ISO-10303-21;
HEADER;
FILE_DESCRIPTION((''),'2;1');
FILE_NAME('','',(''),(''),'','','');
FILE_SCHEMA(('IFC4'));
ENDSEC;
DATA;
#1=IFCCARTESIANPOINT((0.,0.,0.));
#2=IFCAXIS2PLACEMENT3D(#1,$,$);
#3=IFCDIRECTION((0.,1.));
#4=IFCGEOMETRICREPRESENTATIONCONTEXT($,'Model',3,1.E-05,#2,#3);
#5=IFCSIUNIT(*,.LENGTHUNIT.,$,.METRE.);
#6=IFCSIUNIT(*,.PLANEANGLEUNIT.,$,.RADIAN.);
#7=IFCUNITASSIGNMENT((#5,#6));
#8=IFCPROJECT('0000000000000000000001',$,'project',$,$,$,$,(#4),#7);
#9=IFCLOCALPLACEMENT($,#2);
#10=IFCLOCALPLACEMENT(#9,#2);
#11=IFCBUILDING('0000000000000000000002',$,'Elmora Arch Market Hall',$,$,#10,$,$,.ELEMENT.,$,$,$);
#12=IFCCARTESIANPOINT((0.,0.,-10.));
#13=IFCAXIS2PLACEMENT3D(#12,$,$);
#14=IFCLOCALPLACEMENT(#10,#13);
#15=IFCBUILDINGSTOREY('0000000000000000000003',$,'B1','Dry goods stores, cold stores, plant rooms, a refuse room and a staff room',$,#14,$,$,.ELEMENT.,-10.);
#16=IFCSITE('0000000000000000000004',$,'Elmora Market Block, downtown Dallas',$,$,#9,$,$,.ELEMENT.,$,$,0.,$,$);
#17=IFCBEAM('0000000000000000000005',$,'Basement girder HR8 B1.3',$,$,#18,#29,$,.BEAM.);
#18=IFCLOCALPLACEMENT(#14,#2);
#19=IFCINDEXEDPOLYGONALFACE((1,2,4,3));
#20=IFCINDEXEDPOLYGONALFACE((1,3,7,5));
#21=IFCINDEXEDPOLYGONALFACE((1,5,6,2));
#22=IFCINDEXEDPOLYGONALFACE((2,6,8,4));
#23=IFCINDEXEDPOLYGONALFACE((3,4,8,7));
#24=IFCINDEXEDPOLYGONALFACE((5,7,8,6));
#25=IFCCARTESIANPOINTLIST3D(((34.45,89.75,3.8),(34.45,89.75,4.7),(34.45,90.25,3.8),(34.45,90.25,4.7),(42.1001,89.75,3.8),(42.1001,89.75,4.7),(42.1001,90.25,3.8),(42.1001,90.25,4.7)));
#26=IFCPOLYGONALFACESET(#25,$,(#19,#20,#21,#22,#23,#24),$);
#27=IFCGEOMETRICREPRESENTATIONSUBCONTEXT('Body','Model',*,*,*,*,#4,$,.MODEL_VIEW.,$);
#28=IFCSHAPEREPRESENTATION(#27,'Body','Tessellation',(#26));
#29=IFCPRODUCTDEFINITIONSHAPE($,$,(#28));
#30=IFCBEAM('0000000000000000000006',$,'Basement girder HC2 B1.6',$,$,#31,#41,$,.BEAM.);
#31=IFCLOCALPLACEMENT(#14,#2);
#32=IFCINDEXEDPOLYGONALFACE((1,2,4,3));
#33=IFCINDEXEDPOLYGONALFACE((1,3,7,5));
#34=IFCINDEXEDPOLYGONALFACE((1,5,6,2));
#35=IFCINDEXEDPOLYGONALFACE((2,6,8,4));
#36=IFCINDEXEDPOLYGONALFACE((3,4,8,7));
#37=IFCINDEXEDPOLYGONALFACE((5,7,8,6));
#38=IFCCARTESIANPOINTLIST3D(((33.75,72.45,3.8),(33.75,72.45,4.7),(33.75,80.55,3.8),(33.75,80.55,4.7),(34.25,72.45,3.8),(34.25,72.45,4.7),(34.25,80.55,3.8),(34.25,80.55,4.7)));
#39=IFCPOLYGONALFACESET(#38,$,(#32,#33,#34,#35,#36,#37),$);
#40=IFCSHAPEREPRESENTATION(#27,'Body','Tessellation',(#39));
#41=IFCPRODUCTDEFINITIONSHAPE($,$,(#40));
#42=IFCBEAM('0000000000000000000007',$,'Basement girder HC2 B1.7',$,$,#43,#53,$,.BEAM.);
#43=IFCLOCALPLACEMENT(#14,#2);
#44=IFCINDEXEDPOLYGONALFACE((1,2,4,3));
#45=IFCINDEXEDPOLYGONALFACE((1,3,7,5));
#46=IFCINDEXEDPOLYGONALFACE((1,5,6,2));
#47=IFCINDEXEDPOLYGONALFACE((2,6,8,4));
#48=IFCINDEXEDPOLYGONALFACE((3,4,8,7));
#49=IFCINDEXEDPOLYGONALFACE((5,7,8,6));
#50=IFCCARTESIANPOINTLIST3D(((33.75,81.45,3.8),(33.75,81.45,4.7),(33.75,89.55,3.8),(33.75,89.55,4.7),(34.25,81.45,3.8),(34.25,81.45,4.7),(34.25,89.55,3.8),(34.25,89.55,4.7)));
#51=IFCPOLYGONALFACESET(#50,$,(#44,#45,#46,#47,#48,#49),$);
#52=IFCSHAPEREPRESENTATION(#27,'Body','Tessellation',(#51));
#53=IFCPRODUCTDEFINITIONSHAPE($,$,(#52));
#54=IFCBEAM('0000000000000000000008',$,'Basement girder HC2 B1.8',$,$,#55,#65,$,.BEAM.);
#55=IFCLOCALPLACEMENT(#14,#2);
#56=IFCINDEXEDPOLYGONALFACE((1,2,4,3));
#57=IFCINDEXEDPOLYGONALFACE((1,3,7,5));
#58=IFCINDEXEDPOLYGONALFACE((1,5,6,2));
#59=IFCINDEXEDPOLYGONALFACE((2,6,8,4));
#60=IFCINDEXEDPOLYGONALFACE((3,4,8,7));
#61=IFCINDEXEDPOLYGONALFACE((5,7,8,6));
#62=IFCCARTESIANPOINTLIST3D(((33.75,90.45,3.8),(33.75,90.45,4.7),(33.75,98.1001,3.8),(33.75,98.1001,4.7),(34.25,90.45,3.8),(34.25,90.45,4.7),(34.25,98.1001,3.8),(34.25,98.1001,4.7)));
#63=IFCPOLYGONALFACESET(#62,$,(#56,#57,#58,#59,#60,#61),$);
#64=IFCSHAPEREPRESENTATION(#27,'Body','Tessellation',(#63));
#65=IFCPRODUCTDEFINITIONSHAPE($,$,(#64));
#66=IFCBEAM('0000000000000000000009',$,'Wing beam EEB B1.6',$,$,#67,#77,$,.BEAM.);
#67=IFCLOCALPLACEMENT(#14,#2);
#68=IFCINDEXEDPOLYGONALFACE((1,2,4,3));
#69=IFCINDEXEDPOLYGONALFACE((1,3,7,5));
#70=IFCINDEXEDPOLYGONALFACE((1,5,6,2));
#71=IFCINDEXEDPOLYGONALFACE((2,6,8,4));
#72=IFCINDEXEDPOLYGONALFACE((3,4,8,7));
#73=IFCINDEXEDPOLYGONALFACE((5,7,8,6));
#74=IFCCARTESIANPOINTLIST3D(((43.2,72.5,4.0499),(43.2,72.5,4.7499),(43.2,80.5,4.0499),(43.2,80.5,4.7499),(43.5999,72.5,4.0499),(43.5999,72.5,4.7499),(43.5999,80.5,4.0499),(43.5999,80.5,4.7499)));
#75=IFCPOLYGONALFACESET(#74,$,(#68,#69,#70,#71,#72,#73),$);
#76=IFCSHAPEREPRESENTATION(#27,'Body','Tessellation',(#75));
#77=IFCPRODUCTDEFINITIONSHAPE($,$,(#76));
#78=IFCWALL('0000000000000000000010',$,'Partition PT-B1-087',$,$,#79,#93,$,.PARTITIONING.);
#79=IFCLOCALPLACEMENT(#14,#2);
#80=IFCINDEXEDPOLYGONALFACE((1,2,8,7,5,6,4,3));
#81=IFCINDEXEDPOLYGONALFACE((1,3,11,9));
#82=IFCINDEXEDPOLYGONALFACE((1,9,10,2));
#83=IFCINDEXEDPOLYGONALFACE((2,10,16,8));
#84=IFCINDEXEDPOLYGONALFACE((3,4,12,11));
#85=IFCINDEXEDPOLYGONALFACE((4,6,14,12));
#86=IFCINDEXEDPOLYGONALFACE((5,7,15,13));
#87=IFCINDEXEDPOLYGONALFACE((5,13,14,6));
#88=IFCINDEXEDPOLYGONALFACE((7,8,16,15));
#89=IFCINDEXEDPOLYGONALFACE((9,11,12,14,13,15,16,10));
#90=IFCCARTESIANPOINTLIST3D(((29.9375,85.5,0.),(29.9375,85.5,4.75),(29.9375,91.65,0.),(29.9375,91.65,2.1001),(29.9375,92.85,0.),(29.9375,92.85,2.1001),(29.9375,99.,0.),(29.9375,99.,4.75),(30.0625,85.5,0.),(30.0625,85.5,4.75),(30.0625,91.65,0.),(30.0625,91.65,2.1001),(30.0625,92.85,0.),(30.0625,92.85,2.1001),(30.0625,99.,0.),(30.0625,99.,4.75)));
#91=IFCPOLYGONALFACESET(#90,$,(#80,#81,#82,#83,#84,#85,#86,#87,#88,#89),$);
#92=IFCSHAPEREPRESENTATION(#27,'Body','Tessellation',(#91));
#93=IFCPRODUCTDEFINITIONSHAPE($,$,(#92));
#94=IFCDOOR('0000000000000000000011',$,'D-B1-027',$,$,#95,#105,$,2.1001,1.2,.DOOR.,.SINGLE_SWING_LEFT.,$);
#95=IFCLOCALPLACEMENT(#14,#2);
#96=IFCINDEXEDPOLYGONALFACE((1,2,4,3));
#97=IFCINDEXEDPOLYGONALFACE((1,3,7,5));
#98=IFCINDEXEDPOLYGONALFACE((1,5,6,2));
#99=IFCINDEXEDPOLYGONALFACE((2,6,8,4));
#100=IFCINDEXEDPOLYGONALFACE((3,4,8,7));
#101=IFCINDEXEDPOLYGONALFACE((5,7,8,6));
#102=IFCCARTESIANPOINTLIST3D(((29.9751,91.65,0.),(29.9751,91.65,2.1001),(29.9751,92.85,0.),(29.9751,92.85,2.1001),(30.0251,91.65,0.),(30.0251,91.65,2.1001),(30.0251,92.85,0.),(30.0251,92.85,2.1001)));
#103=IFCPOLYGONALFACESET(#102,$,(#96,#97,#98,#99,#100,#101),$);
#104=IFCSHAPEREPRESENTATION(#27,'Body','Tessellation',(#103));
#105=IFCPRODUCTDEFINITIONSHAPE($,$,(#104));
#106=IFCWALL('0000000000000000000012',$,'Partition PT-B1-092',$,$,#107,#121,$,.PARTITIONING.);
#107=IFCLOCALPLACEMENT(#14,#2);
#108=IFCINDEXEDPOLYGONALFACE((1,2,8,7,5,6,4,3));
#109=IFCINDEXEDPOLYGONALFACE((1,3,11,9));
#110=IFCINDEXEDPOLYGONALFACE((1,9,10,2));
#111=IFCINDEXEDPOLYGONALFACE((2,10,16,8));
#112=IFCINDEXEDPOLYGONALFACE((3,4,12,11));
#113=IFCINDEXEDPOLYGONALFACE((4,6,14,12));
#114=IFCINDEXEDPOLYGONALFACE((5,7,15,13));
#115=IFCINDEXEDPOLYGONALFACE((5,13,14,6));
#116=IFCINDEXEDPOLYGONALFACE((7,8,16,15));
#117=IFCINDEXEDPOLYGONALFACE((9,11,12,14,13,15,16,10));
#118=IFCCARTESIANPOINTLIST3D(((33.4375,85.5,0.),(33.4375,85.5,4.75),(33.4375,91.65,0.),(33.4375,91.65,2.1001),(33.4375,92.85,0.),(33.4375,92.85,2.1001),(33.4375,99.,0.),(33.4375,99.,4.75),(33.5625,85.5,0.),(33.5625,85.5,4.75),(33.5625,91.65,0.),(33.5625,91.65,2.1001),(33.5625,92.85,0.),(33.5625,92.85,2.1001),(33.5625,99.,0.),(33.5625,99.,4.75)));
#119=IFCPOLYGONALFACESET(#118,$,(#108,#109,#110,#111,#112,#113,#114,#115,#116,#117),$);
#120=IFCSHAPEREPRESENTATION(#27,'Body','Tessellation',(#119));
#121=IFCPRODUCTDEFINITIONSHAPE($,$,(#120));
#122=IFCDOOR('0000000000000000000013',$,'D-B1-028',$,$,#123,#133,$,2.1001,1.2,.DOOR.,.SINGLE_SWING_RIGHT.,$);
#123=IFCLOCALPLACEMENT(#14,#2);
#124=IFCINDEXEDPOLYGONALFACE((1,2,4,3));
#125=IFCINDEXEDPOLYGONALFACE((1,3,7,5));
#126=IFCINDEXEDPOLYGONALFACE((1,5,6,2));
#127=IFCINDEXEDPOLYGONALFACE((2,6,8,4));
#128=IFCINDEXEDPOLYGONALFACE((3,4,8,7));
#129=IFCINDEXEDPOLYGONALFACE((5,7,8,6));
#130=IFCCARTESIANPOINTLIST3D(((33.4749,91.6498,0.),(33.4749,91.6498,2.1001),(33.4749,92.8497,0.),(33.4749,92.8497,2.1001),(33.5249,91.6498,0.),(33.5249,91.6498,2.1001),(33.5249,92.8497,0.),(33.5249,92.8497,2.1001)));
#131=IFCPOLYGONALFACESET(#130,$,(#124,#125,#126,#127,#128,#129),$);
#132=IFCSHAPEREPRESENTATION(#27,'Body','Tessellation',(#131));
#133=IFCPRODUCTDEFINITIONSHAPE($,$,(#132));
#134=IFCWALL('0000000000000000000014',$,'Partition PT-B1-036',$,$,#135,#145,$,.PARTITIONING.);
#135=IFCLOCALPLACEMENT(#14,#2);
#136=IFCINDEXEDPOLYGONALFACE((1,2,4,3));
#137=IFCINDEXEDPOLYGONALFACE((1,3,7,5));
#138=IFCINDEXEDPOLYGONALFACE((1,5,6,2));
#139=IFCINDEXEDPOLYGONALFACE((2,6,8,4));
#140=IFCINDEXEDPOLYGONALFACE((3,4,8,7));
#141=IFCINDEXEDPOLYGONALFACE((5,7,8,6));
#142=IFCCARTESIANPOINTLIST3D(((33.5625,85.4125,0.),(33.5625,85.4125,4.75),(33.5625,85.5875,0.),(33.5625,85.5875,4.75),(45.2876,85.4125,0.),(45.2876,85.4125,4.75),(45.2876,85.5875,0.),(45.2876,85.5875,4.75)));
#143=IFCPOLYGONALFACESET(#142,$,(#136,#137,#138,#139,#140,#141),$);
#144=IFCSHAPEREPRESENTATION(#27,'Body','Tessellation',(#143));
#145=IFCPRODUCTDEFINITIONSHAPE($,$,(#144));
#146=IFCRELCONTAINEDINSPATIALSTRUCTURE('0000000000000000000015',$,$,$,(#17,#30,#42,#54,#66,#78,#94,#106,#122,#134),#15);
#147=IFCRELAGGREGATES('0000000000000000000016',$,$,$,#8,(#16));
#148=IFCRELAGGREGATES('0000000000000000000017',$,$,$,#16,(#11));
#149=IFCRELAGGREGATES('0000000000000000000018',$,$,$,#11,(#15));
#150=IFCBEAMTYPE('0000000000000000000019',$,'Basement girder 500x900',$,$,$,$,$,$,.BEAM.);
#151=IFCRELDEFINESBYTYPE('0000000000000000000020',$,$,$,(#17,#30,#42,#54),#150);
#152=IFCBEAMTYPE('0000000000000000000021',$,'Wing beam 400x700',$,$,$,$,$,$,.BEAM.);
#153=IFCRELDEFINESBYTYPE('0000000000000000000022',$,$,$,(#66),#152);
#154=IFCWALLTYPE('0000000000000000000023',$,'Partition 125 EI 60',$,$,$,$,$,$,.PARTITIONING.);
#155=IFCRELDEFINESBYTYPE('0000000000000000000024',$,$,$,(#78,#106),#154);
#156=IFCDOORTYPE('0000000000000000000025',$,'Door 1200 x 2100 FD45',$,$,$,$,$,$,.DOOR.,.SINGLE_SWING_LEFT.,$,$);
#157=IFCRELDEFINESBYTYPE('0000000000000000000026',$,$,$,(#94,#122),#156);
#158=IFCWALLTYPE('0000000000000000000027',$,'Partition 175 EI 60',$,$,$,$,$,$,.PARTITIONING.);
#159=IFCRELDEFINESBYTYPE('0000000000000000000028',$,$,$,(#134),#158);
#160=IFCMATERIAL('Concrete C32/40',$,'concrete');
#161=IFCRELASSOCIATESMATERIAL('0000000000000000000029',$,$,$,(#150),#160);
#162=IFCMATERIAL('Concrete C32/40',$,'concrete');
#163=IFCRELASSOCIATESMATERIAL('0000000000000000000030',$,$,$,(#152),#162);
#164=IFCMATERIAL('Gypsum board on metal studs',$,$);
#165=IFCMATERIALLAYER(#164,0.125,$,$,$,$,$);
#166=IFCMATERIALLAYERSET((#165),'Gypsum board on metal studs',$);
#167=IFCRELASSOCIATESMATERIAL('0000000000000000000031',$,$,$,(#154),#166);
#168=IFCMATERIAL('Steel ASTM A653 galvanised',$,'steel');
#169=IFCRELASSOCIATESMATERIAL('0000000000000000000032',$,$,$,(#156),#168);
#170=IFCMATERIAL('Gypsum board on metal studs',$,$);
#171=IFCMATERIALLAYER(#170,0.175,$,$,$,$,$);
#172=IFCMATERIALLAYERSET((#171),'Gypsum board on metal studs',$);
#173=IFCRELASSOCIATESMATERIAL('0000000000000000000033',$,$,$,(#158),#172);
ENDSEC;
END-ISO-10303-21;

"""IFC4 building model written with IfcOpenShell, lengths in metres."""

from ifc_helpers import new_model, si_unit, direction, frame, frame_2d, origin, origin_2d, place, context, subcontext, project, spatial, rectangle, extrude, material, layer, layer_set, material_profile, profile_set, type_object, element, fill, save


model = new_model("IFC4")

# Units and contexts
model_context = context("Model", 3, precision=1e-05, world=origin(), true_north=direction((0.0, 1.0)))
body_context = subcontext(model_context, "Body", "Model", "MODEL_VIEW")
ifc_project = project(units=[si_unit("LENGTHUNIT", "METRE"), si_unit("PLANEANGLEUNIT", "RADIAN")], contexts=[model_context])

# Site, building, storey
site_placement = place(None, origin())
site = spatial("IfcSite", under=ifc_project, at=site_placement, Name="Elmora Market Block, downtown Dallas", CompositionType="ELEMENT", RefElevation=0.0)
building_placement = place(site_placement, origin())
building = spatial("IfcBuilding", under=site, at=building_placement, Name="Elmora Arch Market Hall", CompositionType="ELEMENT")
storey_placement = place(building_placement, frame((0.0, 0.0, -10.0)))
storey = spatial("IfcBuildingStorey", under=building, at=storey_placement, Name="B1", Description="Dry goods stores, cold stores, plant rooms, a refuse room and a staff room", CompositionType="ELEMENT", Elevation=-10.0)

# Beams
ifc_material_1 = material(Name="Concrete C32/40", Category="concrete")
ifc_material_profile_1 = material_profile(ifc_material_1, rectangle(XDim=0.5, YDim=0.8999, at=origin_2d()), Name="Basement girder 500x900")
ifc_profile_set_1 = profile_set([ifc_material_profile_1], Name="Concrete C32/40")
beam_type_1 = type_object("IfcBeamType", Name="Basement girder 500x900", PredefinedType="BEAM", material=ifc_profile_set_1)
for number, where, z_axis, x_axis, name in (
    (1, (34.45, 90.0, 4.25), (1.0, 0.0, 0.0), (0.0, 1.0, 0.0), "Basement girder HR8 B1.3"),
):
    element("IfcBeam", number, at=place(storey_placement, frame(where, z_axis=z_axis, x_axis=x_axis)), inside=storey, type_object=beam_type_1, Name=name, PredefinedType="BEAM", context=body_context, shape_type="SweptSolid", body=[
        extrude(rectangle(XDim=0.5, YDim=0.8999, at=origin_2d()), origin(), (0.0, 0.0, 1.0), 7.6501),
    ])
for number, where, z_axis, x_axis, name in (
    (2, (34.0, 72.45, 4.25), (0.0, 1.0, 0.0), (-1.0, 0.0, 0.0), "Basement girder HC2 B1.6"),
    (3, (34.0, 81.45, 4.25), (0.0, 1.0, 0.0), (-1.0, 0.0, 0.0), "Basement girder HC2 B1.7"),
):
    element("IfcBeam", number, at=place(storey_placement, frame(where, z_axis=z_axis, x_axis=x_axis)), inside=storey, type_object=beam_type_1, Name=name, PredefinedType="BEAM", context=body_context, shape_type="SweptSolid", body=[
        extrude(rectangle(XDim=0.5, YDim=0.8999, at=origin_2d()), origin(), (0.0, 0.0, 1.0), 8.1001),
    ])
beam_1_placement = place(storey_placement, frame((34.0, 90.45, 4.25), z_axis=(0.0, 1.0, 0.0), x_axis=(-1.0, 0.0, 0.0)))
element("IfcBeam", 4, at=beam_1_placement, inside=storey, type_object=beam_type_1, Name="Basement girder HC2 B1.8", PredefinedType="BEAM", context=body_context, shape_type="SweptSolid", body=[
    extrude(rectangle(XDim=0.5, YDim=0.8999, at=origin_2d()), origin(), (0.0, 0.0, 1.0), 7.6501),
])
ifc_material_2 = material(Name="Concrete C32/40", Category="concrete")
ifc_material_profile_2 = material_profile(ifc_material_2, rectangle(XDim=0.3999, YDim=0.7, at=origin_2d()), Name="Wing beam 400x700")
ifc_profile_set_2 = profile_set([ifc_material_profile_2], Name="Concrete C32/40")
beam_type_2 = type_object("IfcBeamType", Name="Wing beam 400x700", PredefinedType="BEAM", material=ifc_profile_set_2)
beam_2_placement = place(storey_placement, frame((43.3999, 72.5, 4.3999), z_axis=(0.0, 1.0, 0.0), x_axis=(-1.0, 0.0, 0.0)))
element("IfcBeam", 5, at=beam_2_placement, inside=storey, type_object=beam_type_2, Name="Wing beam EEB B1.6", PredefinedType="BEAM", context=body_context, shape_type="SweptSolid", body=[
    extrude(rectangle(XDim=0.3999, YDim=0.7, at=origin_2d()), origin(), (0.0, 0.0, 1.0), 8.0),
])

# Walls, openings, doors
ifc_material_3 = material(Name="Gypsum board on metal studs")
ifc_layer_1 = layer(ifc_material_3, 0.125)
ifc_layer_set_1 = layer_set([ifc_layer_1], Name="Gypsum board on metal studs")
wall_type_1 = type_object("IfcWallType", Name="Partition 125 EI 60", PredefinedType="PARTITIONING", material=ifc_layer_set_1)
wall_1_placement = place(storey_placement, frame((30.0, 85.5, 0.0), z_axis=(0.0, 0.0, 1.0), x_axis=(0.0, 1.0, 0.0)))
wall_1 = element("IfcWall", 6, at=wall_1_placement, inside=storey, type_object=wall_type_1, Name="Partition PT-B1-087", PredefinedType="PARTITIONING", context=body_context, shape_type="SweptSolid", body=[
    extrude(rectangle(XDim=13.5, YDim=0.125, at=frame_2d((6.75, 0.0))), origin(), (0.0, 0.0, 1.0), 4.75),
])
opening_1_placement = place(wall_1_placement, frame((6.1499, 0.0, 0.0)))
opening_1 = element("IfcOpeningElement", 7, at=opening_1_placement, cuts=wall_1, PredefinedType="OPENING", context=body_context, shape_type="SweptSolid", body=[
    extrude(rectangle(XDim=1.2, YDim=2.1001, at=frame_2d((0.6001, 1.05))), frame((0.0, 0.0725, 0.0), z_axis=(0.0, -1.0, 0.0), x_axis=(1.0, 0.0, 0.0)), (0.0, 0.0, 1.0), 0.145),
])
ifc_material_4 = material(Name="Steel ASTM A653 galvanised", Category="steel")
door_type = type_object("IfcDoorType", Name="Door 1200 x 2100 FD45", OperationType="SINGLE_SWING_LEFT", PredefinedType="DOOR", material=ifc_material_4)
door_1_placement = place(opening_1_placement, origin())
door_1 = element("IfcDoor", 8, at=door_1_placement, inside=storey, type_object=door_type, Name="D-B1-027", OperationType="SINGLE_SWING_LEFT", OverallHeight=2.1001, OverallWidth=1.2, PredefinedType="DOOR", context=body_context, shape_type="SweptSolid", body=[
    extrude(rectangle(XDim=1.2, YDim=2.1001, at=frame_2d((0.6001, 1.05))), frame((0.0, 0.0249, 0.0), z_axis=(0.0, -1.0, 0.0), x_axis=(1.0, 0.0, 0.0)), (0.0, 0.0, 1.0), 0.05),
])
fill(opening_1, door_1)
wall_2_placement = place(storey_placement, frame((33.5, 85.5, 0.0), z_axis=(0.0, 0.0, 1.0), x_axis=(0.0, 1.0, 0.0)))
wall_2 = element("IfcWall", 9, at=wall_2_placement, inside=storey, type_object=wall_type_1, Name="Partition PT-B1-092", PredefinedType="PARTITIONING", context=body_context, shape_type="SweptSolid", body=[
    extrude(rectangle(XDim=13.5, YDim=0.125, at=frame_2d((6.75, 0.0))), origin(), (0.0, 0.0, 1.0), 4.75),
])
opening_2_placement = place(wall_2_placement, frame((6.1499, 0.0, 0.0)))
opening_2 = element("IfcOpeningElement", 10, at=opening_2_placement, cuts=wall_2, PredefinedType="OPENING", context=body_context, shape_type="SweptSolid", body=[
    extrude(rectangle(XDim=1.2, YDim=2.1001, at=frame_2d((0.6001, 1.05))), frame((0.0, 0.0725, 0.0), z_axis=(0.0, -1.0, 0.0), x_axis=(1.0, 0.0, 0.0)), (0.0, 0.0, 1.0), 0.145),
])
door_2_placement = place(opening_2_placement, frame((1.2, 0.0, 0.0), z_axis=(0.0, 0.0, 1.0), x_axis=(-1.0, 0.0, 0.0)))
door_2 = element("IfcDoor", 11, at=door_2_placement, inside=storey, type_object=door_type, Name="D-B1-028", OperationType="SINGLE_SWING_RIGHT", OverallHeight=2.1001, OverallWidth=1.2, PredefinedType="DOOR", context=body_context, shape_type="SweptSolid", body=[
    extrude(rectangle(XDim=1.2, YDim=2.1001, at=frame_2d((0.6001, 1.05))), frame((0.0, 0.0249, 0.0), z_axis=(0.0, -1.0, 0.0), x_axis=(1.0, 0.0, 0.0)), (0.0, 0.0, 1.0), 0.05),
])
fill(opening_2, door_2)

# Wall
ifc_material_5 = material(Name="Gypsum board on metal studs")
ifc_layer_2 = layer(ifc_material_5, 0.175)
ifc_layer_set_2 = layer_set([ifc_layer_2], Name="Gypsum board on metal studs")
wall_type_2 = type_object("IfcWallType", Name="Partition 175 EI 60", PredefinedType="PARTITIONING", material=ifc_layer_set_2)
wall_3_placement = place(storey_placement, frame((33.5625, 85.5, 0.0), z_axis=(0.0, 0.0, 1.0), x_axis=(1.0, 0.0, 0.0)))
element("IfcWall", 12, at=wall_3_placement, inside=storey, type_object=wall_type_2, Name="Partition PT-B1-036", PredefinedType="PARTITIONING", context=body_context, shape_type="SweptSolid", body=[
    extrude(rectangle(XDim=11.7251, YDim=0.175, at=frame_2d((5.8625, 0.0))), origin(), (0.0, 0.0, 1.0), 4.75),
])

save(model, "model.ifc")
